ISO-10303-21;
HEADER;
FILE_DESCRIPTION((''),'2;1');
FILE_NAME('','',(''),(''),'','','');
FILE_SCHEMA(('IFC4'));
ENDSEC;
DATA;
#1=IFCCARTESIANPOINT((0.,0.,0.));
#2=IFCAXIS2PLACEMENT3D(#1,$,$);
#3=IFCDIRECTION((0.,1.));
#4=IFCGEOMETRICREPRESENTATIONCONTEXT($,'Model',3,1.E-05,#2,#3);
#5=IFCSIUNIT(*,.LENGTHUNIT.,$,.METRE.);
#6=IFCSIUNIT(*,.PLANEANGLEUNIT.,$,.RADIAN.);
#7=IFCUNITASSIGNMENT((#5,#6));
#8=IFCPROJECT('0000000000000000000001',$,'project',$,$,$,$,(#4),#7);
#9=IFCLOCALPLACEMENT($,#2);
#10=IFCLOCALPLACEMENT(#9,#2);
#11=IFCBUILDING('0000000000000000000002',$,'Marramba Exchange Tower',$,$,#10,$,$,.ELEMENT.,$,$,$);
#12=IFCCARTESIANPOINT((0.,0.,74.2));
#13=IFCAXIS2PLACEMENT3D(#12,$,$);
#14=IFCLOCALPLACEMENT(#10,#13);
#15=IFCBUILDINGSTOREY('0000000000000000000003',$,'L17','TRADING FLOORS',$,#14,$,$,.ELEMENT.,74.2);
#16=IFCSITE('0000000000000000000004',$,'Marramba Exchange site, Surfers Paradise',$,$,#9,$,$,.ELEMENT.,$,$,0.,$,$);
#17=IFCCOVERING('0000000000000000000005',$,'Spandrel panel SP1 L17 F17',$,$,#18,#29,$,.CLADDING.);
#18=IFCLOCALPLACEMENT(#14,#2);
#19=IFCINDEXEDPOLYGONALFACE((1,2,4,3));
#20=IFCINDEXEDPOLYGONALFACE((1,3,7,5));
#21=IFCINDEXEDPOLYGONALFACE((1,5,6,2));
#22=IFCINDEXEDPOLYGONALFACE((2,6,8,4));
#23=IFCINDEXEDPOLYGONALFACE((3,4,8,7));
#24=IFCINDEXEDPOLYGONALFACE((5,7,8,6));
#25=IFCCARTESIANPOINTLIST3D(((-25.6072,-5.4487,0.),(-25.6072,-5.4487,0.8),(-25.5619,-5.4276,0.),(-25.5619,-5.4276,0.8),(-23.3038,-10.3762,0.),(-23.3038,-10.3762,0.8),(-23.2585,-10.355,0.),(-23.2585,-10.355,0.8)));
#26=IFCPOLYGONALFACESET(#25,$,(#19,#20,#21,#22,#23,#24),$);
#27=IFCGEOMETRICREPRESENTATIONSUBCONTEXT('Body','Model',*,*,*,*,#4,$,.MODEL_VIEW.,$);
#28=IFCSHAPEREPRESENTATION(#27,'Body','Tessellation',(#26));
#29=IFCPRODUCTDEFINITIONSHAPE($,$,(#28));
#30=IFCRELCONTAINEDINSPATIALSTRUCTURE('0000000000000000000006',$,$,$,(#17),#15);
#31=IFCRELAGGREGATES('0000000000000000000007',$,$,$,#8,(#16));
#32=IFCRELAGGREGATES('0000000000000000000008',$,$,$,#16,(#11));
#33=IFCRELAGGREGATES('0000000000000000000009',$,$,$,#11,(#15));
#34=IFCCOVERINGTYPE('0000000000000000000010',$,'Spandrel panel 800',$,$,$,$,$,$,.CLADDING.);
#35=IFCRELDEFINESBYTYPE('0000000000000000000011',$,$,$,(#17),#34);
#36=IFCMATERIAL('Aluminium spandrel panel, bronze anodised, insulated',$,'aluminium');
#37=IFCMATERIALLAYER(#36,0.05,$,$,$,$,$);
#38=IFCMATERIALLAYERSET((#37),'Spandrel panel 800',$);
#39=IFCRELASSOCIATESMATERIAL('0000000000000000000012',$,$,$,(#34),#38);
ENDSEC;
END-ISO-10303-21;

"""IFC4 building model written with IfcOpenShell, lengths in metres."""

from ifc_helpers import new_model, si_unit, direction, frame, origin, origin_2d, place, context, subcontext, project, spatial, rectangle, extrude, material, layer, layer_set, type_object, element, save


model = new_model("IFC4")

# Units and contexts
model_context = context("Model", 3, precision=1e-05, world=origin(), true_north=direction((0.0, 1.0)))
body_context = subcontext(model_context, "Body", "Model", "MODEL_VIEW")
ifc_project = project(units=[si_unit("LENGTHUNIT", "METRE"), si_unit("PLANEANGLEUNIT", "RADIAN")], contexts=[model_context])

# Site, building, storey
site_placement = place(None, origin())
site = spatial("IfcSite", under=ifc_project, at=site_placement, Name="Marramba Exchange site, Surfers Paradise", CompositionType="ELEMENT", RefElevation=0.0)
building_placement = place(site_placement, origin())
building = spatial("IfcBuilding", under=site, at=building_placement, Name="Marramba Exchange Tower", CompositionType="ELEMENT")
storey_placement = place(building_placement, frame((0.0, 0.0, 74.2)))
storey = spatial("IfcBuildingStorey", under=building, at=storey_placement, Name="L17", Description="TRADING FLOORS", CompositionType="ELEMENT", Elevation=74.2)

# Covering
ifc_material_1 = material(Name="Aluminium spandrel panel, bronze anodised, insulated", Category="aluminium")
ifc_layer_1 = layer(ifc_material_1, 0.05)
ifc_layer_set_1 = layer_set([ifc_layer_1], Name="Spandrel panel 800")
covering_type = type_object("IfcCoveringType", Name="Spandrel panel 800", PredefinedType="CLADDING", material=ifc_layer_set_1)
covering_1_placement = place(storey_placement, frame((-24.4329, -7.9019, 0.0), z_axis=(0.0, 0.0, 1.0), x_axis=(0.423477, -0.905907, 0.0)))
element("IfcCovering", 1, at=covering_1_placement, inside=storey, type_object=covering_type, Name="Spandrel panel SP1 L17 F17", PredefinedType="CLADDING", context=body_context, shape_type="SweptSolid", body=[
    extrude(rectangle(XDim=5.4392, YDim=0.05, at=origin_2d()), origin(), (0.0, 0.0, 1.0), 0.8),
])

save(model, "model.ifc")
